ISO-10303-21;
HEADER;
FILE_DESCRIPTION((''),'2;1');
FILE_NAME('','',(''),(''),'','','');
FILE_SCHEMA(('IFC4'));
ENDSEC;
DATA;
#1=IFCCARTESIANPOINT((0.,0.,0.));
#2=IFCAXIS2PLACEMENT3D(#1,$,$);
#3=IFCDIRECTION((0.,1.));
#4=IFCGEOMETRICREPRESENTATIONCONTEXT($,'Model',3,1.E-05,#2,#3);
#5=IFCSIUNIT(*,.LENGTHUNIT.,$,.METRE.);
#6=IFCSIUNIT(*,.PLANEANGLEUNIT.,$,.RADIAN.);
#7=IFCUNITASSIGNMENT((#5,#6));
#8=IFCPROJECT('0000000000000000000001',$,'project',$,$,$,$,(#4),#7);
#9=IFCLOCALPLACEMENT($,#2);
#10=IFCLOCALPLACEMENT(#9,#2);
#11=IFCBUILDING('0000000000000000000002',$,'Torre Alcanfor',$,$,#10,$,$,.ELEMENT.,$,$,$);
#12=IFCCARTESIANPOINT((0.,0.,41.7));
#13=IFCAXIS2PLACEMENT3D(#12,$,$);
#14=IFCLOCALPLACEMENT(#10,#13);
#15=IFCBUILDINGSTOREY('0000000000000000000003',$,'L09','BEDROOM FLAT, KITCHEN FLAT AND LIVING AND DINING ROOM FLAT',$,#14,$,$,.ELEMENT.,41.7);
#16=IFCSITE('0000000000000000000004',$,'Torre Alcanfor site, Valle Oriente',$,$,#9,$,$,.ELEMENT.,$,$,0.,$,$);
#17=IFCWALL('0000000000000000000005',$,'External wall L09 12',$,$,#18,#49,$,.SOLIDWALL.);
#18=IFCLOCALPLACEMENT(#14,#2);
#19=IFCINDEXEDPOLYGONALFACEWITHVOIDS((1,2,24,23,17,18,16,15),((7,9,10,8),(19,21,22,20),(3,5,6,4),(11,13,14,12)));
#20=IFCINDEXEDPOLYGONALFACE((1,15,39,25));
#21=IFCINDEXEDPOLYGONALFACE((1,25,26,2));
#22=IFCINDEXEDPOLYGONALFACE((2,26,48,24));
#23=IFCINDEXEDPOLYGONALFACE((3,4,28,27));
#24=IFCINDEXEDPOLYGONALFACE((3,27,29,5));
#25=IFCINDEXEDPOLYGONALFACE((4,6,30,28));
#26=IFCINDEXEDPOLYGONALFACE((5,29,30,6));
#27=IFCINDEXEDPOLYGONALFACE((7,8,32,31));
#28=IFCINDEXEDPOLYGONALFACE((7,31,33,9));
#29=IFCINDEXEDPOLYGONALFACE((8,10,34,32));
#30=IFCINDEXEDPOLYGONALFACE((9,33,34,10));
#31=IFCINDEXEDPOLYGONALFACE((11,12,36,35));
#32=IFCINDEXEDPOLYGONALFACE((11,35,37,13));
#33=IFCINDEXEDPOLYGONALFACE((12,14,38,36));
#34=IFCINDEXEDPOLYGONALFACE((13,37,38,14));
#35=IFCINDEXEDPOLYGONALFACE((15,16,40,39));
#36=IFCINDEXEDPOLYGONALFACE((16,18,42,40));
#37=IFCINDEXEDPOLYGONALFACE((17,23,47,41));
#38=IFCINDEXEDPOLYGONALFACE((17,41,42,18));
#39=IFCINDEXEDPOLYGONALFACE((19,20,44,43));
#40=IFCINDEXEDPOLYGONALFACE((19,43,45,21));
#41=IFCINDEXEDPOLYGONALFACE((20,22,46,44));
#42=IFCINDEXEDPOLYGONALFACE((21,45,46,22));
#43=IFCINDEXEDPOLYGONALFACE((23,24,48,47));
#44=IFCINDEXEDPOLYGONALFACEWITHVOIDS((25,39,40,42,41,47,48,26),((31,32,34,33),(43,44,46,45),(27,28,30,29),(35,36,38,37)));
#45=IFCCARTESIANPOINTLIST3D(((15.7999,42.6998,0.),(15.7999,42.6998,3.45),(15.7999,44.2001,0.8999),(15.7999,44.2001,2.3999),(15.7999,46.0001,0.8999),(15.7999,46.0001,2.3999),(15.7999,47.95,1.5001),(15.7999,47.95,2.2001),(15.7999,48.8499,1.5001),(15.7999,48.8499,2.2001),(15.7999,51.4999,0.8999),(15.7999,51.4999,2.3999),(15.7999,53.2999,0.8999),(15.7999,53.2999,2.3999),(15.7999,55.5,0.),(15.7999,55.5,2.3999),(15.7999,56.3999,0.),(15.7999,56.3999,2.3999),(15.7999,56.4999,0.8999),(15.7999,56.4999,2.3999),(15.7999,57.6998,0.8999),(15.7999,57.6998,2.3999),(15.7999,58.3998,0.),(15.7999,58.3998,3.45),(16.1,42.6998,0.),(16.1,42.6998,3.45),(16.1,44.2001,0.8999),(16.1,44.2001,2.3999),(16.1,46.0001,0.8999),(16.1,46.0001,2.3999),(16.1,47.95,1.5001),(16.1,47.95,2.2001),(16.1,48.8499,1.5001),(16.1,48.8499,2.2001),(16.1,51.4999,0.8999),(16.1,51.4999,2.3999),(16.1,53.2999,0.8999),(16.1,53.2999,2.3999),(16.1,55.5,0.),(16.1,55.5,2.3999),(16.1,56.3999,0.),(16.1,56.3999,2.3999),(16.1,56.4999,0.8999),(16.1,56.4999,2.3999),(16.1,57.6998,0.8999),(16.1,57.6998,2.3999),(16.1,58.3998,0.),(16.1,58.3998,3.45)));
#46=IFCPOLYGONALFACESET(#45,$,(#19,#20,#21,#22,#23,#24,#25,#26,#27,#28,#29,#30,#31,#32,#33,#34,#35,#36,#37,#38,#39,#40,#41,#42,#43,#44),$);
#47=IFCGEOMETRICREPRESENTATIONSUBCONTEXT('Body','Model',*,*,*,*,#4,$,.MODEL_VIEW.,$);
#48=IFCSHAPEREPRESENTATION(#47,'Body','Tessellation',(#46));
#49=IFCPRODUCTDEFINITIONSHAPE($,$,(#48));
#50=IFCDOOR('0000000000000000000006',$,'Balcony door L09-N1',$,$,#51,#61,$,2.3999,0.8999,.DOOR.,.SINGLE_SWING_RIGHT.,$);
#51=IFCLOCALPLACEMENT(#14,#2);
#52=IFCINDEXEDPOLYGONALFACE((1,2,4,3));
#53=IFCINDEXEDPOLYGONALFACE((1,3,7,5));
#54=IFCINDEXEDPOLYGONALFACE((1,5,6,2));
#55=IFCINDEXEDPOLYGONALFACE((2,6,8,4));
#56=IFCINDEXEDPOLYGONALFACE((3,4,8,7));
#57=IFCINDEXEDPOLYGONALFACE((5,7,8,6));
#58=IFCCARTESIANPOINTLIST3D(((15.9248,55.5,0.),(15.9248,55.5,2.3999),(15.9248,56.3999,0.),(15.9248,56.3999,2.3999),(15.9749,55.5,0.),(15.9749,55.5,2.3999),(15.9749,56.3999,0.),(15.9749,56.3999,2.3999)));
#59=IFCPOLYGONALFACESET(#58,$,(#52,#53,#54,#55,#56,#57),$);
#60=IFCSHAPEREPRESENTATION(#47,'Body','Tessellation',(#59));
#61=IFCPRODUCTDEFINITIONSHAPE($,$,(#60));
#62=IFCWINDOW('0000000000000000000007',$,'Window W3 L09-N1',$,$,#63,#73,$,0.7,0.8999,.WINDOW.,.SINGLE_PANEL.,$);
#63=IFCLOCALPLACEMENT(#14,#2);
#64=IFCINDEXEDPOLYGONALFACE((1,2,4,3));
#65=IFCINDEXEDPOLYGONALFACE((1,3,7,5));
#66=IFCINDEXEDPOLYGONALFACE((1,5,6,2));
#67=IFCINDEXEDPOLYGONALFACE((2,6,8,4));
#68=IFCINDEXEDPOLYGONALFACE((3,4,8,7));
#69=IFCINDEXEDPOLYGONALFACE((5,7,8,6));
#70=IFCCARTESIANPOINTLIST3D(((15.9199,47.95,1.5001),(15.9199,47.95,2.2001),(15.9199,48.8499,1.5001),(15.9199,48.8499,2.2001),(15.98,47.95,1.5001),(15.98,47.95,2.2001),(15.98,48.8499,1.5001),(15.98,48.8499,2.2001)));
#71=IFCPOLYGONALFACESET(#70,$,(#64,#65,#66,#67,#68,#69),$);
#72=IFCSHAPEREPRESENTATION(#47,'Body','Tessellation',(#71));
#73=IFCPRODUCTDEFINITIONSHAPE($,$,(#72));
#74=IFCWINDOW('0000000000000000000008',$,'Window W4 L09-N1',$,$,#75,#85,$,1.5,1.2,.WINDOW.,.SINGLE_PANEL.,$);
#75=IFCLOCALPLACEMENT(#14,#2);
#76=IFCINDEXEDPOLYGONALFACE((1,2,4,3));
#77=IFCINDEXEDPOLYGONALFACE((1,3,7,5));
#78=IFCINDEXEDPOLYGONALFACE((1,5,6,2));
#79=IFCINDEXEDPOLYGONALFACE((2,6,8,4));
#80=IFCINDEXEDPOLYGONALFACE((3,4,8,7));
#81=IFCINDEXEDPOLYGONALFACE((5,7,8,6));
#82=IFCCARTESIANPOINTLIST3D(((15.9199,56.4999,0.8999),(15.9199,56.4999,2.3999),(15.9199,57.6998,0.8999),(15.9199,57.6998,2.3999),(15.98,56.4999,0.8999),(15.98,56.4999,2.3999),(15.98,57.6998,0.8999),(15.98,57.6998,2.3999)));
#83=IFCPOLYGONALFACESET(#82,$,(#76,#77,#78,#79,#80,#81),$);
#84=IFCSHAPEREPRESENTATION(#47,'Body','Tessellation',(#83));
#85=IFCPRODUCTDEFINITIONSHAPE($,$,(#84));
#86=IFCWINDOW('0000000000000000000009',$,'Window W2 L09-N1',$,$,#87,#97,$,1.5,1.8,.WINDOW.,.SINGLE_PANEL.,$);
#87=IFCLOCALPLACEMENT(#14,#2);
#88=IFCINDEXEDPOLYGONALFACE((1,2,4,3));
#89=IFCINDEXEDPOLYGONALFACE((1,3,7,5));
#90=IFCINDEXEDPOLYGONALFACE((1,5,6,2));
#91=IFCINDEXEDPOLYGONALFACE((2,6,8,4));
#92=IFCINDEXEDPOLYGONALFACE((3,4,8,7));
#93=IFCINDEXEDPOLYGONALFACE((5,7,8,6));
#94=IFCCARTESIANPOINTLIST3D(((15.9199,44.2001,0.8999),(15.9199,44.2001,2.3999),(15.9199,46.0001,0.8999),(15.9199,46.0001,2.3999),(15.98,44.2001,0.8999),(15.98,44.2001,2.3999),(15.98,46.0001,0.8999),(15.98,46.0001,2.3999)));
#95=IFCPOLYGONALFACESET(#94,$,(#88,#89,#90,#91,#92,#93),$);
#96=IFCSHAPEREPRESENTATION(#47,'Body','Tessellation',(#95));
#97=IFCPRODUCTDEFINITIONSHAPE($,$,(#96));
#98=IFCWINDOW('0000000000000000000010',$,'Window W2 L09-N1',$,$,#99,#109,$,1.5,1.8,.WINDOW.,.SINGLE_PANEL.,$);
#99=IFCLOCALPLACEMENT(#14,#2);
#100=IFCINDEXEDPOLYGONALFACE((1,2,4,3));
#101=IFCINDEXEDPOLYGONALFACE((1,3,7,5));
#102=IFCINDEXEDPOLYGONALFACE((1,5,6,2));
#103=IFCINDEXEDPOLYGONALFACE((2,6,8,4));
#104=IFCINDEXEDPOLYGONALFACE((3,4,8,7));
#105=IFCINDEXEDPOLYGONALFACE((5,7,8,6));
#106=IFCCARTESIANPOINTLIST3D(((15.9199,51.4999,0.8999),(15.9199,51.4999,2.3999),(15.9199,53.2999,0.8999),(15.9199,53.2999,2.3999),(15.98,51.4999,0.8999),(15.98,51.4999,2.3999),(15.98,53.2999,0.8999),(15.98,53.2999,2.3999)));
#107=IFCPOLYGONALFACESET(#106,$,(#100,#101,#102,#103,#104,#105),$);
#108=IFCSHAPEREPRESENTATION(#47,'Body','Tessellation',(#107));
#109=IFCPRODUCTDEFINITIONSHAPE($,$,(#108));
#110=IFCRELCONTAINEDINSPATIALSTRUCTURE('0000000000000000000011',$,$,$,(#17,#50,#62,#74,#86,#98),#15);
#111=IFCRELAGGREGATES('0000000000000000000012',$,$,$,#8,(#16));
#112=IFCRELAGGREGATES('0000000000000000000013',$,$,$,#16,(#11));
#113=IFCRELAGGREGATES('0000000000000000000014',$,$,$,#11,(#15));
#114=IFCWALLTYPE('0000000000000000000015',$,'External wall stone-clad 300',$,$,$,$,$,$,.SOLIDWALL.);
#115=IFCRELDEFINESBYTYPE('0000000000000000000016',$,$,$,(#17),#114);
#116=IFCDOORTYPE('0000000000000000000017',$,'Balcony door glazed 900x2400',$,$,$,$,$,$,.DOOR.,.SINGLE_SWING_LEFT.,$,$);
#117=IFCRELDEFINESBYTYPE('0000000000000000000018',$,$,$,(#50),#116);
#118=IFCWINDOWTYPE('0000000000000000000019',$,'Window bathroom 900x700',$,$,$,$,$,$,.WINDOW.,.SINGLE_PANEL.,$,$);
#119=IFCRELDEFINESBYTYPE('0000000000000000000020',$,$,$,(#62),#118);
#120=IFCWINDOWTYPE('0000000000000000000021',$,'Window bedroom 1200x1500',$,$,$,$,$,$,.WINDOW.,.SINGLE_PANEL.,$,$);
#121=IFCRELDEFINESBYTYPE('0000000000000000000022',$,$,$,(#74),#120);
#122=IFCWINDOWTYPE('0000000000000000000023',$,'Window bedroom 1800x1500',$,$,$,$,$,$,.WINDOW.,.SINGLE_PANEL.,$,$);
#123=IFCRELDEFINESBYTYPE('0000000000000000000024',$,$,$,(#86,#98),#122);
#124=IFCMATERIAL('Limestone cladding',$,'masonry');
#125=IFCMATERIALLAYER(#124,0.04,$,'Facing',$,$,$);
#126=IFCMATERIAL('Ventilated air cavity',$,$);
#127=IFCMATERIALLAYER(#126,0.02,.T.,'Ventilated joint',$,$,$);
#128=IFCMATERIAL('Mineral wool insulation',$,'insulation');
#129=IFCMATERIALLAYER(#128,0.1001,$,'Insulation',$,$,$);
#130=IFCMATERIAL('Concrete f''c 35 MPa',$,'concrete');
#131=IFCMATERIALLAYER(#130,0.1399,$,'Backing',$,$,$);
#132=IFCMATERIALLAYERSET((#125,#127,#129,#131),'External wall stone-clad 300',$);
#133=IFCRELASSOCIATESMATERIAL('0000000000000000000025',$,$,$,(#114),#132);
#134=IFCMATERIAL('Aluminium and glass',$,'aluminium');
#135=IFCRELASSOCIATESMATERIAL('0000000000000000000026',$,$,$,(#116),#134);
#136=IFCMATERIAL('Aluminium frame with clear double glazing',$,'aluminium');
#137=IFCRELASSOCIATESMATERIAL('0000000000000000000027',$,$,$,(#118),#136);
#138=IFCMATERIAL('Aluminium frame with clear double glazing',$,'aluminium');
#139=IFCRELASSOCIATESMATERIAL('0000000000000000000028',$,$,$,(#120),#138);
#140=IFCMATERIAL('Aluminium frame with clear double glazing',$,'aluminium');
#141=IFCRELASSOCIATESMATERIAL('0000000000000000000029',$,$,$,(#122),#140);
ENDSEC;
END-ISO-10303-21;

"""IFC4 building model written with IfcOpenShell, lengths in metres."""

from ifc_helpers import new_model, si_unit, direction, frame, frame_2d, origin, place, context, subcontext, project, spatial, rectangle, extrude, material, layer, layer_set, type_object, element, fill, save


model = new_model("IFC4")

# Units and contexts
model_context = context("Model", 3, precision=1e-05, world=origin(), true_north=direction((0.0, 1.0)))
body_context = subcontext(model_context, "Body", "Model", "MODEL_VIEW")
ifc_project = project(units=[si_unit("LENGTHUNIT", "METRE"), si_unit("PLANEANGLEUNIT", "RADIAN")], contexts=[model_context])

# Site, building, storey
site_placement = place(None, origin())
site = spatial("IfcSite", under=ifc_project, at=site_placement, Name="Torre Alcanfor site, Valle Oriente", CompositionType="ELEMENT", RefElevation=0.0)
building_placement = place(site_placement, origin())
building = spatial("IfcBuilding", under=site, at=building_placement, Name="Torre Alcanfor", CompositionType="ELEMENT")
storey_placement = place(building_placement, frame((0.0, 0.0, 41.7)))
storey = spatial("IfcBuildingStorey", under=building, at=storey_placement, Name="L09", Description="BEDROOM FLAT, KITCHEN FLAT AND LIVING AND DINING ROOM FLAT", CompositionType="ELEMENT", Elevation=41.7)

# Wall, openings, door, windows
ifc_material_1 = material(Name="Limestone cladding", Category="masonry")
ifc_layer_1 = layer(ifc_material_1, 0.04, Name="Facing")
ifc_material_2 = material(Name="Ventilated air cavity")
ifc_layer_2 = layer(ifc_material_2, 0.02, ventilated=True, Name="Ventilated joint")
ifc_material_3 = material(Name="Mineral wool insulation", Category="insulation")
ifc_layer_3 = layer(ifc_material_3, 0.1001, Name="Insulation")
ifc_material_4 = material(Name="Concrete f'c 35 MPa", Category="concrete")
ifc_layer_4 = layer(ifc_material_4, 0.1399, Name="Backing")
ifc_layer_set_1 = layer_set([ifc_layer_1, ifc_layer_2, ifc_layer_3, ifc_layer_4], Name="External wall stone-clad 300")
wall_type_1 = type_object("IfcWallType", Name="External wall stone-clad 300", PredefinedType="SOLIDWALL", material=ifc_layer_set_1)
ifc_material_5 = material(Name="Aluminium and glass", Category="aluminium")
door_type = type_object("IfcDoorType", Name="Balcony door glazed 900x2400", OperationType="SINGLE_SWING_LEFT", PredefinedType="DOOR", material=ifc_material_5)
ifc_material_6 = material(Name="Aluminium frame with clear double glazing", Category="aluminium")
window_type_1 = type_object("IfcWindowType", Name="Window bathroom 900x700", PartitioningType="SINGLE_PANEL", PredefinedType="WINDOW", material=ifc_material_6)
ifc_material_7 = material(Name="Aluminium frame with clear double glazing", Category="aluminium")
window_type_2 = type_object("IfcWindowType", Name="Window bedroom 1200x1500", PartitioningType="SINGLE_PANEL", PredefinedType="WINDOW", material=ifc_material_7)
ifc_material_8 = material(Name="Aluminium frame with clear double glazing", Category="aluminium")
window_type_3 = type_object("IfcWindowType", Name="Window bedroom 1800x1500", PartitioningType="SINGLE_PANEL", PredefinedType="WINDOW", material=ifc_material_8)
wall_1_placement = place(storey_placement, frame((15.95, 58.3999, 0.0), z_axis=(0.0, 0.0, 1.0), x_axis=(0.0, -1.0, 0.0)))
wall_1 = element("IfcWall", 1, at=wall_1_placement, inside=storey, type_object=wall_type_1, Name="External wall L09 12", PredefinedType="SOLIDWALL", context=body_context, shape_type="SweptSolid", body=[
    extrude(rectangle(XDim=15.7, YDim=0.3, at=frame_2d((7.8501, 0.0))), origin(), (0.0, 0.0, 1.0), 3.45),
])
opening_1_placement = place(wall_1_placement, frame((12.3999, 0.0, 0.8999)))
opening_1 = element("IfcOpeningElement", 2, at=opening_1_placement, cuts=wall_1, PredefinedType="OPENING", context=body_context, shape_type="SweptSolid", body=[
    extrude(rectangle(XDim=1.8, YDim=1.5, at=frame_2d((0.8999, 0.75))), frame((0.0, 0.1599, 0.0), z_axis=(0.0, -1.0, 0.0), x_axis=(1.0, 0.0, 0.0)), (0.0, 0.0, 1.0), 0.3201),
])
opening_2_placement = place(wall_1_placement, frame((9.55, 0.0, 1.5)))
opening_2 = element("IfcOpeningElement", 3, at=opening_2_placement, cuts=wall_1, PredefinedType="OPENING", context=body_context, shape_type="SweptSolid", body=[
    extrude(rectangle(XDim=0.8999, YDim=0.7, at=frame_2d((0.45, 0.3501))), frame((0.0, 0.1599, 0.0), z_axis=(0.0, -1.0, 0.0), x_axis=(1.0, 0.0, 0.0)), (0.0, 0.0, 1.0), 0.3201),
])
opening_3_placement = place(wall_1_placement, frame((5.1001, 0.0, 0.8999)))
opening_3 = element("IfcOpeningElement", 4, at=opening_3_placement, cuts=wall_1, PredefinedType="OPENING", context=body_context, shape_type="SweptSolid", body=[
    extrude(rectangle(XDim=1.8, YDim=1.5, at=frame_2d((0.8999, 0.75))), frame((0.0, 0.1599, 0.0), z_axis=(0.0, -1.0, 0.0), x_axis=(1.0, 0.0, 0.0)), (0.0, 0.0, 1.0), 0.3201),
])
opening_4_placement = place(wall_1_placement, frame((2.0, 0.0, 0.0)))
opening_4 = element("IfcOpeningElement", 5, at=opening_4_placement, cuts=wall_1, PredefinedType="OPENING", context=body_context, shape_type="SweptSolid", body=[
    extrude(rectangle(XDim=0.8999, YDim=2.3999, at=frame_2d((0.45, 1.2))), frame((0.0, 0.1599, 0.0), z_axis=(0.0, -1.0, 0.0), x_axis=(1.0, 0.0, 0.0)), (0.0, 0.0, 1.0), 0.3201),
])
opening_5_placement = place(wall_1_placement, frame((0.7, 0.0, 0.8999)))
opening_5 = element("IfcOpeningElement", 6, at=opening_5_placement, cuts=wall_1, PredefinedType="OPENING", context=body_context, shape_type="SweptSolid", body=[
    extrude(rectangle(XDim=1.2, YDim=1.5, at=frame_2d((0.6001, 0.75))), frame((0.0, 0.1599, 0.0), z_axis=(0.0, -1.0, 0.0), x_axis=(1.0, 0.0, 0.0)), (0.0, 0.0, 1.0), 0.3201),
])
door_1_placement = place(opening_4_placement, origin())
door_1 = element("IfcDoor", 7, at=door_1_placement, inside=storey, type_object=door_type, Name="Balcony door L09-N1", OperationType="SINGLE_SWING_RIGHT", OverallHeight=2.3999, OverallWidth=0.8999, PredefinedType="DOOR", context=body_context, shape_type="SweptSolid", body=[
    extrude(rectangle(XDim=0.8999, YDim=2.3999, at=frame_2d((0.45, 1.2))), frame((0.0, 0.0249, 0.0), z_axis=(0.0, -1.0, 0.0), x_axis=(1.0, 0.0, 0.0)), (0.0, 0.0, 1.0), 0.05),
])
fill(opening_4, door_1)
window_1_placement = place(opening_2_placement, origin())
window_1 = element("IfcWindow", 8, at=window_1_placement, inside=storey, type_object=window_type_1, Name="Window W3 L09-N1", OverallHeight=0.7, OverallWidth=0.8999, PartitioningType="SINGLE_PANEL", PredefinedType="WINDOW", context=body_context, shape_type="SweptSolid", body=[
    extrude(rectangle(XDim=0.8999, YDim=0.7, at=frame_2d((0.45, 0.3501))), frame((0.0, 0.03, 0.0), z_axis=(0.0, -1.0, 0.0), x_axis=(1.0, 0.0, 0.0)), (0.0, 0.0, 1.0), 0.0601),
])
fill(opening_2, window_1)
window_2_placement = place(opening_5_placement, origin())
window_2 = element("IfcWindow", 9, at=window_2_placement, inside=storey, type_object=window_type_2, Name="Window W4 L09-N1", OverallHeight=1.5, OverallWidth=1.2, PartitioningType="SINGLE_PANEL", PredefinedType="WINDOW", context=body_context, shape_type="SweptSolid", body=[
    extrude(rectangle(XDim=1.2, YDim=1.5, at=frame_2d((0.6001, 0.75))), frame((0.0, 0.03, 0.0), z_axis=(0.0, -1.0, 0.0), x_axis=(1.0, 0.0, 0.0)), (0.0, 0.0, 1.0), 0.0601),
])
fill(opening_5, window_2)
window_3_placement = place(opening_1_placement, origin())
window_3 = element("IfcWindow", 10, at=window_3_placement, inside=storey, type_object=window_type_3, Name="Window W2 L09-N1", OverallHeight=1.5, OverallWidth=1.8, PartitioningType="SINGLE_PANEL", PredefinedType="WINDOW", context=body_context, shape_type="SweptSolid", body=[
    extrude(rectangle(XDim=1.8, YDim=1.5, at=frame_2d((0.8999, 0.75))), frame((0.0, 0.03, 0.0), z_axis=(0.0, -1.0, 0.0), x_axis=(1.0, 0.0, 0.0)), (0.0, 0.0, 1.0), 0.0601),
])
fill(opening_1, window_3)
window_4_placement = place(opening_3_placement, origin())
window_4 = element("IfcWindow", 11, at=window_4_placement, inside=storey, type_object=window_type_3, Name="Window W2 L09-N1", OverallHeight=1.5, OverallWidth=1.8, PartitioningType="SINGLE_PANEL", PredefinedType="WINDOW", context=body_context, shape_type="SweptSolid", body=[
    extrude(rectangle(XDim=1.8, YDim=1.5, at=frame_2d((0.8999, 0.75))), frame((0.0, 0.03, 0.0), z_axis=(0.0, -1.0, 0.0), x_axis=(1.0, 0.0, 0.0)), (0.0, 0.0, 1.0), 0.0601),
])
fill(opening_3, window_4)

save(model, "model.ifc")
